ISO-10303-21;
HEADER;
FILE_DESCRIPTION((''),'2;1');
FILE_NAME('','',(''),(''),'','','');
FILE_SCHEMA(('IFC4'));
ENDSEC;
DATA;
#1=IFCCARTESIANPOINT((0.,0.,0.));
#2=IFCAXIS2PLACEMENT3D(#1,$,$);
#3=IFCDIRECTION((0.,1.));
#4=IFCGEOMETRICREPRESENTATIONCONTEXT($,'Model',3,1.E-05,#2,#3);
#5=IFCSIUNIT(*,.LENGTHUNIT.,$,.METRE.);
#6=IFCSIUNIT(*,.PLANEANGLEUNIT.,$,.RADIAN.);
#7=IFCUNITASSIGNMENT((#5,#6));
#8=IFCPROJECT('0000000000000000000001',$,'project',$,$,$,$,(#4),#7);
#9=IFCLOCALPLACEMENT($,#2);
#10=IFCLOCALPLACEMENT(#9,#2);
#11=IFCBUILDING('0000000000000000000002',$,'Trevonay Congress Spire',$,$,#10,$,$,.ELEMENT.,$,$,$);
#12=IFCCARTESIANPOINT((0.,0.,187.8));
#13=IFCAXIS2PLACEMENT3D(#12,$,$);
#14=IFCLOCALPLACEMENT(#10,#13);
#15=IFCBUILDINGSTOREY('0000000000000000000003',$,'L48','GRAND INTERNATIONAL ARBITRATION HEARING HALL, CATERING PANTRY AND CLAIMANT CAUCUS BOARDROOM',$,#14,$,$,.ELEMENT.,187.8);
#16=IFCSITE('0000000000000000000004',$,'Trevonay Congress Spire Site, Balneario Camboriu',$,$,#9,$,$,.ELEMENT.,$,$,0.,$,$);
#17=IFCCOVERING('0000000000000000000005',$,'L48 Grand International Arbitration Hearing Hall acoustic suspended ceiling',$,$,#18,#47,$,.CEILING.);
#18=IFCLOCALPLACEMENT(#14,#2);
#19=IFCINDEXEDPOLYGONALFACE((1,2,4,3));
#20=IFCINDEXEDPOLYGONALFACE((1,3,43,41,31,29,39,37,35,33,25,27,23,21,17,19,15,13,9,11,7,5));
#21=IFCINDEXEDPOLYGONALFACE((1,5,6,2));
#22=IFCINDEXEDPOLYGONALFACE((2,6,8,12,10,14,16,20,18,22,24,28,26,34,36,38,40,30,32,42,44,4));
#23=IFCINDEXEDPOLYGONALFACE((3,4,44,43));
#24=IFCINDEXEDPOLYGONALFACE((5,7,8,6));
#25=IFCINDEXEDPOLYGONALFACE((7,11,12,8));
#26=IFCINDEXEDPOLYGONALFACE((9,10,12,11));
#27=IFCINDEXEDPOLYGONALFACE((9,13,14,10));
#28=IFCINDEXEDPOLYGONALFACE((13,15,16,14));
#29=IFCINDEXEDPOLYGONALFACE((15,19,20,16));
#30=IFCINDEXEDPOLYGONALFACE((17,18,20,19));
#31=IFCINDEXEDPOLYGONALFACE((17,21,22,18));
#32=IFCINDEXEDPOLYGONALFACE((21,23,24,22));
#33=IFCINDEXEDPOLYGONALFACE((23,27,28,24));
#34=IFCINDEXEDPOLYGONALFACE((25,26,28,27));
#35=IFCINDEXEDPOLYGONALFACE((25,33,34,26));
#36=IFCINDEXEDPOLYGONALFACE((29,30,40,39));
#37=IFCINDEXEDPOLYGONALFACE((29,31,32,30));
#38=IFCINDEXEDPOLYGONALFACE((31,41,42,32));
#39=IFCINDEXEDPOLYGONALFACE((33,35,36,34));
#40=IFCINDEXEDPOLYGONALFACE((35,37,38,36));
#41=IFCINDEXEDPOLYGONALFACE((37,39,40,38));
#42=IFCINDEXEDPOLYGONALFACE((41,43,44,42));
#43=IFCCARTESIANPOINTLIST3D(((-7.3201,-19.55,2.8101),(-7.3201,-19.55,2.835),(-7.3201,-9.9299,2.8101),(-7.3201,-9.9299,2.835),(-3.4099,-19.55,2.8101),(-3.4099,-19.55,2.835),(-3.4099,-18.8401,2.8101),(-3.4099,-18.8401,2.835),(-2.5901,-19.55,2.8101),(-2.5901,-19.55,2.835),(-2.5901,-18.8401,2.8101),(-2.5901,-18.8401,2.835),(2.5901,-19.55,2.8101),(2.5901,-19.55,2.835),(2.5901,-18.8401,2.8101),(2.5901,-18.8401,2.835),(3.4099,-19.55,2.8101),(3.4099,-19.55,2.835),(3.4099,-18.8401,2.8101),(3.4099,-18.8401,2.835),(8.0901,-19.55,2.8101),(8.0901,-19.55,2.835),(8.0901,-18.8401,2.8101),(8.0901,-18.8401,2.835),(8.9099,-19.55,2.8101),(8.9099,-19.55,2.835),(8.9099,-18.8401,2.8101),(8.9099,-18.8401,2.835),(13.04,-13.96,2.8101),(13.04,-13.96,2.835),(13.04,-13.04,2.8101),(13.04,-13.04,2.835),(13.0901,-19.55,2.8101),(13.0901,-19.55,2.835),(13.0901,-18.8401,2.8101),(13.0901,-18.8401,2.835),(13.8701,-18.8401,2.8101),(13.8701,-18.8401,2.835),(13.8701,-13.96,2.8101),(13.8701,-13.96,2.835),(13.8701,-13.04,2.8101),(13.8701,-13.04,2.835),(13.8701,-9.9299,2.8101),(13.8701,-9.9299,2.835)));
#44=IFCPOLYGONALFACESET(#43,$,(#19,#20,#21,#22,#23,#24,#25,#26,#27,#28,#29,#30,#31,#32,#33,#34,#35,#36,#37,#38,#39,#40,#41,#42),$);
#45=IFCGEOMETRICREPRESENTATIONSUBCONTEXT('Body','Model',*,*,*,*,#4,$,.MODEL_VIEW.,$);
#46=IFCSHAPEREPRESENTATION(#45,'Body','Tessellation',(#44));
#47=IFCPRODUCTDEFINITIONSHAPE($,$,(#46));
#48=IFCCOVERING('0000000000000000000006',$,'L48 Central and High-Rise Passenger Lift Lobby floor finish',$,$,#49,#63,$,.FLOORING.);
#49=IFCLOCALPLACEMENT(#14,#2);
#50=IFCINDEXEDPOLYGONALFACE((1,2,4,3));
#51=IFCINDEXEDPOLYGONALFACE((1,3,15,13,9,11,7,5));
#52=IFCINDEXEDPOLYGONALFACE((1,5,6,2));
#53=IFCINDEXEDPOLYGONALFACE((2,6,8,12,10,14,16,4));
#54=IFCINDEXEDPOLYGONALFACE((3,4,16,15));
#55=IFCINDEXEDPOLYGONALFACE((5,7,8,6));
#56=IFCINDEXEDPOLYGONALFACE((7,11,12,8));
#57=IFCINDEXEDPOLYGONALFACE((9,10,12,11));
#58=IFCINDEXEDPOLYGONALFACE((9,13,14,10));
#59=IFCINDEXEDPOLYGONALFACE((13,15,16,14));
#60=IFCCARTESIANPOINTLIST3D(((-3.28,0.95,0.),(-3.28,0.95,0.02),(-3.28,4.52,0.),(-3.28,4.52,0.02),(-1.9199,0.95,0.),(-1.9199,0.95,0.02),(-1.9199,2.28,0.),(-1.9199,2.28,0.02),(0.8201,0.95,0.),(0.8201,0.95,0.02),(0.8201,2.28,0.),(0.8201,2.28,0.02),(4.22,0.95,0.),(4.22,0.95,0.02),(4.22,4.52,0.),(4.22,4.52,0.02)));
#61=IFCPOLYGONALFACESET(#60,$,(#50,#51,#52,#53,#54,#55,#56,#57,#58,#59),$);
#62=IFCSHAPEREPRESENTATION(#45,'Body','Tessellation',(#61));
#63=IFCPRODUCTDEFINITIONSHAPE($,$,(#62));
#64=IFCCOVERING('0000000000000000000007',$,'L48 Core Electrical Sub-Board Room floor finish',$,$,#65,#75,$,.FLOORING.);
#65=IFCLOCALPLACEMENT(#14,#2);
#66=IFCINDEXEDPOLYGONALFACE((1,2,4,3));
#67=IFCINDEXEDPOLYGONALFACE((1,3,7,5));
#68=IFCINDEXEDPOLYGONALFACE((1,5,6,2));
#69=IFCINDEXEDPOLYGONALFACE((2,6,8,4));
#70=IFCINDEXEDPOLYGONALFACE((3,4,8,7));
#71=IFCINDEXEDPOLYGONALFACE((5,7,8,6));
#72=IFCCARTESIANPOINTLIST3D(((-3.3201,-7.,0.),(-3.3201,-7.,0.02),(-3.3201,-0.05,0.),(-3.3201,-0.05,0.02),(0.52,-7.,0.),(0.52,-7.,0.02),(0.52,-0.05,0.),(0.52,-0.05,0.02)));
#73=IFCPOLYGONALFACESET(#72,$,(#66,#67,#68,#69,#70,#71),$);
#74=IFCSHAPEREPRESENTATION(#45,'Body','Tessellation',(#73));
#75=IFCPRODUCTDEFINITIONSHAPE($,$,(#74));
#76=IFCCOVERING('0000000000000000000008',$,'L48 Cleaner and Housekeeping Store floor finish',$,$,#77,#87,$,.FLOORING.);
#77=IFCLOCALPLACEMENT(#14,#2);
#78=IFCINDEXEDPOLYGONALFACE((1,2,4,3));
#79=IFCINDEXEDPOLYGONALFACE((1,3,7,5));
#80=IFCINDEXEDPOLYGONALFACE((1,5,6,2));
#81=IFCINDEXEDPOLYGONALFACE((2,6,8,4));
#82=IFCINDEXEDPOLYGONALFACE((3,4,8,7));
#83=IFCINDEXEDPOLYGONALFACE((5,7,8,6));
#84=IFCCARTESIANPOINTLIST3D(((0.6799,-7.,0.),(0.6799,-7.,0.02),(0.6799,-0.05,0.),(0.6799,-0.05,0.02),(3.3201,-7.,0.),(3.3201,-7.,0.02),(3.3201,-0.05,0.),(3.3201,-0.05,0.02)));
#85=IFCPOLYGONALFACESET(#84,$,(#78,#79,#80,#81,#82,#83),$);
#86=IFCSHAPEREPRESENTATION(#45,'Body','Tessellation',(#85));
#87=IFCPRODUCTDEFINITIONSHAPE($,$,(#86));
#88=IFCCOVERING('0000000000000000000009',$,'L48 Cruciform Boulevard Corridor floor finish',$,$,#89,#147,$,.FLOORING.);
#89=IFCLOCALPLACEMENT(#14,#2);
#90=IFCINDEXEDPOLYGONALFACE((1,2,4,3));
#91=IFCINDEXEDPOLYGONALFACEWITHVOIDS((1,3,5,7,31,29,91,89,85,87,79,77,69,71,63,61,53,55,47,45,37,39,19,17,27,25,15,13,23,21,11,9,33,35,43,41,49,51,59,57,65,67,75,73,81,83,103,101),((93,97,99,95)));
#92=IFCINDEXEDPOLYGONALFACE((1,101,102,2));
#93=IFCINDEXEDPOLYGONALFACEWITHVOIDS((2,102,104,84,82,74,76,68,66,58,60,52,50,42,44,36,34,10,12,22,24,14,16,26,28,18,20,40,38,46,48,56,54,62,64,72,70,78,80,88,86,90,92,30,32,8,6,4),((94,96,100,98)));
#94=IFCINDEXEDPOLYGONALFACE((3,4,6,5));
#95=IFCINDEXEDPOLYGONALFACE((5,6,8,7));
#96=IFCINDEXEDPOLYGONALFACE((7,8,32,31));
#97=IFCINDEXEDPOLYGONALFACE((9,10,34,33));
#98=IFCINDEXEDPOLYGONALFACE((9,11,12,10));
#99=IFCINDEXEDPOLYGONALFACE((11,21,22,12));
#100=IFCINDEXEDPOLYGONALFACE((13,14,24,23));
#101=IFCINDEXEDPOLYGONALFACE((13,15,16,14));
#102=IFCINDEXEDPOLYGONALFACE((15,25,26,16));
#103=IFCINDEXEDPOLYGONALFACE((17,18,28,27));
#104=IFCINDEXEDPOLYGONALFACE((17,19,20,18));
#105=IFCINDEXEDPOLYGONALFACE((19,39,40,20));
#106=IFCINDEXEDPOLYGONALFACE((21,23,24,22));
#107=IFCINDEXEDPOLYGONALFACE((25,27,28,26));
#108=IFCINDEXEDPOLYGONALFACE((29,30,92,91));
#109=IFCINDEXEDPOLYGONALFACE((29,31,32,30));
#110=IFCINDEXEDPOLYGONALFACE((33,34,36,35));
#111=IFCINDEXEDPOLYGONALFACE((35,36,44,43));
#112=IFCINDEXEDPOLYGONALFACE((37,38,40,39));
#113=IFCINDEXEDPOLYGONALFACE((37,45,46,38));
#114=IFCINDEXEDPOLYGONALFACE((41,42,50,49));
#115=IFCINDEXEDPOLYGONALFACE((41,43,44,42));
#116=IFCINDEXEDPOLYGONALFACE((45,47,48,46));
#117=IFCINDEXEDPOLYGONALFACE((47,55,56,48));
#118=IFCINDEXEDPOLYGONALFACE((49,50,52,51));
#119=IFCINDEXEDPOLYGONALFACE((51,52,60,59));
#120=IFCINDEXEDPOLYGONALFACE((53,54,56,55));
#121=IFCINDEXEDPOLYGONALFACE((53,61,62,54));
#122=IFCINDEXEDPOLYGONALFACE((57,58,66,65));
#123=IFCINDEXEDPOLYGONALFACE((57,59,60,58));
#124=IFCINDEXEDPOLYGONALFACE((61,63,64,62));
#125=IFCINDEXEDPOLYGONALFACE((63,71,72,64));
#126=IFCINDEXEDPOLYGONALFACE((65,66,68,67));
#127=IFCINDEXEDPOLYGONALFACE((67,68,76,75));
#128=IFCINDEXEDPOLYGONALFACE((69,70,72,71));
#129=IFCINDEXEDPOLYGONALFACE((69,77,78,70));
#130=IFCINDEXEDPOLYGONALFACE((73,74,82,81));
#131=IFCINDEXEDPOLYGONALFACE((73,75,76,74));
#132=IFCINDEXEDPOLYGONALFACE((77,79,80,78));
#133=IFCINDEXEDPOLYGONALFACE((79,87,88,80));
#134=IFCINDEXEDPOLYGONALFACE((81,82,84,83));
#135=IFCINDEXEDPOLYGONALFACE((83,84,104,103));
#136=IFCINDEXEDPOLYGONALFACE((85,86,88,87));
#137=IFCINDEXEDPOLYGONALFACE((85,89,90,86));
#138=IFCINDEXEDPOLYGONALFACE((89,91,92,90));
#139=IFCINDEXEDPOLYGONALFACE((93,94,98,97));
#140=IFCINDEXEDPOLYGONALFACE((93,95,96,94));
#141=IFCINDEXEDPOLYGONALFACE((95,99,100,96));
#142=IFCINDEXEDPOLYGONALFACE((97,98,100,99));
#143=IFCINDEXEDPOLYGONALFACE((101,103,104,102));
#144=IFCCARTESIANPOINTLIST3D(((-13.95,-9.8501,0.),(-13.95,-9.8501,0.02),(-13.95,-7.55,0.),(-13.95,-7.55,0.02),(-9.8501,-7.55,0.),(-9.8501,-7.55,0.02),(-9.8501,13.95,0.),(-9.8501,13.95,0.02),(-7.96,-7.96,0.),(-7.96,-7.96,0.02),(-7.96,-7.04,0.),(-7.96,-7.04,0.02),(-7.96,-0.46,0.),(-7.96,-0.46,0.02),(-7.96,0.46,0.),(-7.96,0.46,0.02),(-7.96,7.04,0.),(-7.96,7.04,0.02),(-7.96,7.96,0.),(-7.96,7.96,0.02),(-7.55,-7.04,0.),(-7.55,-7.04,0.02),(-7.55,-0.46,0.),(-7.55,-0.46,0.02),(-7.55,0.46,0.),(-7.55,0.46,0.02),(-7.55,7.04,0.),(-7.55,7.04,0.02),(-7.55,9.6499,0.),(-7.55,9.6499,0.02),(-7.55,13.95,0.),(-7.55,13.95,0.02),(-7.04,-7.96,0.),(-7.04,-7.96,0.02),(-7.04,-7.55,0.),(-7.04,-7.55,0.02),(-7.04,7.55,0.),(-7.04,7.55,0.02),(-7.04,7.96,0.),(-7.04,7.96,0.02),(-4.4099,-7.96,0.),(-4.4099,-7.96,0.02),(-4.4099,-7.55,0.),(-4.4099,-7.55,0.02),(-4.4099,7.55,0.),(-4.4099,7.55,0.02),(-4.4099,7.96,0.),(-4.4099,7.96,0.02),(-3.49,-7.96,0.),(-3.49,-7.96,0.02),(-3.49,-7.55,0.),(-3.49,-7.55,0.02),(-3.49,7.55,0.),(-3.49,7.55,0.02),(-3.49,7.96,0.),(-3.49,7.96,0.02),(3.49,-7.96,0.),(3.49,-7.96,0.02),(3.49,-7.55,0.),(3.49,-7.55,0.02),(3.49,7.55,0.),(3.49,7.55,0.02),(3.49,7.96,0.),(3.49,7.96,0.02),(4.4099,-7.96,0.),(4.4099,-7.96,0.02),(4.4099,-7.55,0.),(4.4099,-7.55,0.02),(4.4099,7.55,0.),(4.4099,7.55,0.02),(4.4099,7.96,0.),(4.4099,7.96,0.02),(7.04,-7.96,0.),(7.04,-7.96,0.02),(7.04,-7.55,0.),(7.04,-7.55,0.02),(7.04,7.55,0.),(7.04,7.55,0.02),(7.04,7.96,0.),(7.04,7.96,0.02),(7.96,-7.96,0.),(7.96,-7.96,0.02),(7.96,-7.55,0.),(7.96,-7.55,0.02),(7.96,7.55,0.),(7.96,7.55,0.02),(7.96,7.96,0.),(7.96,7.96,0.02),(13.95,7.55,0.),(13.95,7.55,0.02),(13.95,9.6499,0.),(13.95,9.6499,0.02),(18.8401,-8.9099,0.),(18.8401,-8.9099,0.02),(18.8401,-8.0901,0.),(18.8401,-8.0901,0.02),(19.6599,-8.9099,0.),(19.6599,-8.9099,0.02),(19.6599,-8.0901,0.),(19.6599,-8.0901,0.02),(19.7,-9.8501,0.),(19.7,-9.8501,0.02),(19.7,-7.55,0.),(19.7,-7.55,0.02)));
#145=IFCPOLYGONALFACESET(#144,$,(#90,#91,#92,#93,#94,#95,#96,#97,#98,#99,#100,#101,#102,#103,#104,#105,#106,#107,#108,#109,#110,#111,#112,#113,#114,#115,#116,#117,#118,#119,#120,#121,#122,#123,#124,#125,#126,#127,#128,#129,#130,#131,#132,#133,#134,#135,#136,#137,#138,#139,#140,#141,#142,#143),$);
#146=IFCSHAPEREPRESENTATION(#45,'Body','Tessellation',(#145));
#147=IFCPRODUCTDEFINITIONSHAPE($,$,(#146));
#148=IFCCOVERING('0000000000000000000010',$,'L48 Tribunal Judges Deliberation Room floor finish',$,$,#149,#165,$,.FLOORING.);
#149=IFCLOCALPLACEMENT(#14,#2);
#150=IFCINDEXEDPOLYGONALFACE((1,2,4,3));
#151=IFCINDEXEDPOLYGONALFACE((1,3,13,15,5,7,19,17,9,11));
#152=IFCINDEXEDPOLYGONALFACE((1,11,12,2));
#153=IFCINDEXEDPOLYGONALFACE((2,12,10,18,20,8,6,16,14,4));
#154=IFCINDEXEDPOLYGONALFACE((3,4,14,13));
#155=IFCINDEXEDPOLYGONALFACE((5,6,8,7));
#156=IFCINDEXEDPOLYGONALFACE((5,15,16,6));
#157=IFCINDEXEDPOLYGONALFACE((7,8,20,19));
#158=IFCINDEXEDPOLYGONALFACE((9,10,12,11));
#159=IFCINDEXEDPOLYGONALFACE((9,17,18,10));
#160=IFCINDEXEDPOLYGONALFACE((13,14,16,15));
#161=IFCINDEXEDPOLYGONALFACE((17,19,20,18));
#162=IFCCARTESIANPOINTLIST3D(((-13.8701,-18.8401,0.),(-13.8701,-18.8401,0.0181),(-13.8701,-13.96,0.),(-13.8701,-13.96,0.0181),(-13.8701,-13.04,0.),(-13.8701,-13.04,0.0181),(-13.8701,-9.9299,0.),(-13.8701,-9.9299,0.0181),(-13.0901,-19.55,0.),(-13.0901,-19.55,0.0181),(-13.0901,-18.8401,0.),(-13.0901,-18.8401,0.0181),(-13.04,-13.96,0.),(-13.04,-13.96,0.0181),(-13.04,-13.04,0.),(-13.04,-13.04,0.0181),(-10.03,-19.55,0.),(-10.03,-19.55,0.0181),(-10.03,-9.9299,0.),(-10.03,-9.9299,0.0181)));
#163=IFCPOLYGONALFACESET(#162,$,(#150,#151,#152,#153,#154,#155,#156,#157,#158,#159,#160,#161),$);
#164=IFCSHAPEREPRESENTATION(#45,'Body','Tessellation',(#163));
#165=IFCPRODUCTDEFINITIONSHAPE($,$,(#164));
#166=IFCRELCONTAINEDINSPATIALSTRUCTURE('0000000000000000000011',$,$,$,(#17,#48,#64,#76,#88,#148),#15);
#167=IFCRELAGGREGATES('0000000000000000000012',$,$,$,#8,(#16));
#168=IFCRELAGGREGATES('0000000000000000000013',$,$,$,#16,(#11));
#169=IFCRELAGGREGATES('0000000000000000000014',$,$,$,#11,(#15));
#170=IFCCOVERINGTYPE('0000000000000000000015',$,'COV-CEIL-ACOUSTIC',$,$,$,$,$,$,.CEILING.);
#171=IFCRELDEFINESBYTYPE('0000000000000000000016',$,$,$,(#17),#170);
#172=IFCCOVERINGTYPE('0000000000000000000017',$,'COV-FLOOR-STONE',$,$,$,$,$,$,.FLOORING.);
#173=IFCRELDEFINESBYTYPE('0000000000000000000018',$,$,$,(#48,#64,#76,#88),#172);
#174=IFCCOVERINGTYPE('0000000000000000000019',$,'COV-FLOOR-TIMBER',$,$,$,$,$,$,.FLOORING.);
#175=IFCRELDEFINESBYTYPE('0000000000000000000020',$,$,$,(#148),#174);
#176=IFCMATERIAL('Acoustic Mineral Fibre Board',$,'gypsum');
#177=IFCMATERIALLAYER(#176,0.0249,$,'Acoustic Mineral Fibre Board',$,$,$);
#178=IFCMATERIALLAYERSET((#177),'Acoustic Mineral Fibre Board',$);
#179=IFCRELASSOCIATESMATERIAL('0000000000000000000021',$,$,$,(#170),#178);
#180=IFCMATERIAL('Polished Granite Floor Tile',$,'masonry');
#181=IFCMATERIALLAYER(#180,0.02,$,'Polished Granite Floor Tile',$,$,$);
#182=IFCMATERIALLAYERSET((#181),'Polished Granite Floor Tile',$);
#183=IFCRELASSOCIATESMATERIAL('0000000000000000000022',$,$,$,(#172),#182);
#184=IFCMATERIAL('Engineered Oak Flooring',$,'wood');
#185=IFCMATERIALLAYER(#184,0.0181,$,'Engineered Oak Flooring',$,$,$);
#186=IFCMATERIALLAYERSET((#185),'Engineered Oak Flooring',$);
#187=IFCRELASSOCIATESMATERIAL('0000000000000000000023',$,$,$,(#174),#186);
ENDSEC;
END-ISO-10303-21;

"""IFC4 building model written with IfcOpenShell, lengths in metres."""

from ifc_helpers import new_model, si_unit, direction, frame, origin, place, context, subcontext, project, spatial, polyline, outline, extrude, material, layer, layer_set, type_object, element, save


model = new_model("IFC4")

# Units and contexts
model_context = context("Model", 3, precision=1e-05, world=origin(), true_north=direction((0.0, 1.0)))
body_context = subcontext(model_context, "Body", "Model", "MODEL_VIEW")
ifc_project = project(units=[si_unit("LENGTHUNIT", "METRE"), si_unit("PLANEANGLEUNIT", "RADIAN")], contexts=[model_context])

# Site, building, storey
site_placement = place(None, origin())
site = spatial("IfcSite", under=ifc_project, at=site_placement, Name="Trevonay Congress Spire Site, Balneario Camboriu", CompositionType="ELEMENT", RefElevation=0.0)
building_placement = place(site_placement, origin())
building = spatial("IfcBuilding", under=site, at=building_placement, Name="Trevonay Congress Spire", CompositionType="ELEMENT")
storey_placement = place(building_placement, frame((0.0, 0.0, 187.8)))
storey = spatial("IfcBuildingStorey", under=building, at=storey_placement, Name="L48", Description="GRAND INTERNATIONAL ARBITRATION HEARING HALL, CATERING PANTRY AND CLAIMANT CAUCUS BOARDROOM", CompositionType="ELEMENT", Elevation=187.8)

# Coverings
ifc_material_1 = material(Name="Acoustic Mineral Fibre Board", Category="gypsum")
ifc_layer_1 = layer(ifc_material_1, 0.0249, Name="Acoustic Mineral Fibre Board")
ifc_layer_set_1 = layer_set([ifc_layer_1], Name="Acoustic Mineral Fibre Board")
covering_type_1 = type_object("IfcCoveringType", Name="COV-CEIL-ACOUSTIC", PredefinedType="CEILING", material=ifc_layer_set_1)
covering_1_placement = place(storey_placement, frame((0.0, 0.0, 2.8101)))
element("IfcCovering", 1, at=covering_1_placement, inside=storey, type_object=covering_type_1, Name="L48 Grand International Arbitration Hearing Hall acoustic suspended ceiling", PredefinedType="CEILING", context=body_context, shape_type="SweptSolid", body=[
    extrude(outline(polyline([(-7.3201, -19.55), (-7.3201, -9.9299), (13.8701, -9.9299), (13.8701, -13.04), (13.04, -13.04), (13.04, -13.96), (13.8701, -13.96), (13.8701, -18.8401), (13.0901, -18.8401), (13.0901, -19.55), (8.9099, -19.55), (8.9099, -18.8401), (8.0901, -18.8401), (8.0901, -19.55), (3.4099, -19.55), (3.4099, -18.8401), (2.5901, -18.8401), (2.5901, -19.55), (-2.5901, -19.55), (-2.5901, -18.8401), (-3.4099, -18.8401), (-3.4099, -19.55), (-7.3201, -19.55)])), origin(), (0.0, 0.0, 1.0), 0.0249),
])
ifc_material_2 = material(Name="Polished Granite Floor Tile", Category="masonry")
ifc_layer_2 = layer(ifc_material_2, 0.02, Name="Polished Granite Floor Tile")
ifc_layer_set_2 = layer_set([ifc_layer_2], Name="Polished Granite Floor Tile")
covering_type_2 = type_object("IfcCoveringType", Name="COV-FLOOR-STONE", PredefinedType="FLOORING", material=ifc_layer_set_2)
covering_2_placement = place(storey_placement, origin())
element("IfcCovering", 2, at=covering_2_placement, inside=storey, type_object=covering_type_2, Name="L48 Central and High-Rise Passenger Lift Lobby floor finish", PredefinedType="FLOORING", context=body_context, shape_type="SweptSolid", body=[
    extrude(outline(polyline([(-3.28, 0.95), (-1.9199, 0.95), (-1.9199, 2.28), (0.8201, 2.28), (0.8201, 0.95), (4.22, 0.95), (4.22, 4.52), (-3.28, 4.52), (-3.28, 0.95)])), origin(), (0.0, 0.0, 1.0), 0.02),
])
covering_3_placement = place(storey_placement, origin())
element("IfcCovering", 3, at=covering_3_placement, inside=storey, type_object=covering_type_2, Name="L48 Core Electrical Sub-Board Room floor finish", PredefinedType="FLOORING", context=body_context, shape_type="SweptSolid", body=[
    extrude(outline(polyline([(-3.3201, -7.0), (0.52, -7.0), (0.52, -0.05), (-3.3201, -0.05), (-3.3201, -7.0)])), origin(), (0.0, 0.0, 1.0), 0.02),
])
covering_4_placement = place(storey_placement, origin())
element("IfcCovering", 4, at=covering_4_placement, inside=storey, type_object=covering_type_2, Name="L48 Cleaner and Housekeeping Store floor finish", PredefinedType="FLOORING", context=body_context, shape_type="SweptSolid", body=[
    extrude(outline(polyline([(0.6799, -7.0), (3.3201, -7.0), (3.3201, -0.05), (0.6799, -0.05), (0.6799, -7.0)])), origin(), (0.0, 0.0, 1.0), 0.02),
])
covering_5_placement = place(storey_placement, origin())
element("IfcCovering", 5, at=covering_5_placement, inside=storey, type_object=covering_type_2, Name="L48 Cruciform Boulevard Corridor floor finish", PredefinedType="FLOORING", context=body_context, shape_type="SweptSolid", body=[
    extrude(outline(polyline([(19.7, -7.55), (19.7, -9.8501), (-13.95, -9.8501), (-13.95, -7.55), (-9.8501, -7.55), (-9.8501, 13.95), (-7.55, 13.95), (-7.55, 9.6499), (13.95, 9.6499), (13.95, 7.55), (7.96, 7.55), (7.96, 7.96), (7.04, 7.96), (7.04, 7.55), (4.4099, 7.55), (4.4099, 7.96), (3.49, 7.96), (3.49, 7.55), (-3.49, 7.55), (-3.49, 7.96), (-4.4099, 7.96), (-4.4099, 7.55), (-7.04, 7.55), (-7.04, 7.96), (-7.96, 7.96), (-7.96, 7.04), (-7.55, 7.04), (-7.55, 0.46), (-7.96, 0.46), (-7.96, -0.46), (-7.55, -0.46), (-7.55, -7.04), (-7.96, -7.04), (-7.96, -7.96), (-7.04, -7.96), (-7.04, -7.55), (-4.4099, -7.55), (-4.4099, -7.96), (-3.49, -7.96), (-3.49, -7.55), (3.49, -7.55), (3.49, -7.96), (4.4099, -7.96), (4.4099, -7.55), (7.04, -7.55), (7.04, -7.96), (7.96, -7.96), (7.96, -7.55), (19.7, -7.55)]), holes=[polyline([(19.6599, -8.0901), (18.8401, -8.0901), (18.8401, -8.9099), (19.6599, -8.9099), (19.6599, -8.0901)])]), origin(), (0.0, 0.0, 1.0), 0.02),
])
ifc_material_3 = material(Name="Engineered Oak Flooring", Category="wood")
ifc_layer_3 = layer(ifc_material_3, 0.0181, Name="Engineered Oak Flooring")
ifc_layer_set_3 = layer_set([ifc_layer_3], Name="Engineered Oak Flooring")
covering_type_3 = type_object("IfcCoveringType", Name="COV-FLOOR-TIMBER", PredefinedType="FLOORING", material=ifc_layer_set_3)
covering_6_placement = place(storey_placement, origin())
element("IfcCovering", 6, at=covering_6_placement, inside=storey, type_object=covering_type_3, Name="L48 Tribunal Judges Deliberation Room floor finish", PredefinedType="FLOORING", context=body_context, shape_type="SweptSolid", body=[
    extrude(outline(polyline([(-13.8701, -9.9299), (-10.03, -9.9299), (-10.03, -19.55), (-13.0901, -19.55), (-13.0901, -18.8401), (-13.8701, -18.8401), (-13.8701, -13.96), (-13.04, -13.96), (-13.04, -13.04), (-13.8701, -13.04), (-13.8701, -9.9299)])), origin(), (0.0, 0.0, 1.0), 0.0181),
])

save(model, "model.ifc")
